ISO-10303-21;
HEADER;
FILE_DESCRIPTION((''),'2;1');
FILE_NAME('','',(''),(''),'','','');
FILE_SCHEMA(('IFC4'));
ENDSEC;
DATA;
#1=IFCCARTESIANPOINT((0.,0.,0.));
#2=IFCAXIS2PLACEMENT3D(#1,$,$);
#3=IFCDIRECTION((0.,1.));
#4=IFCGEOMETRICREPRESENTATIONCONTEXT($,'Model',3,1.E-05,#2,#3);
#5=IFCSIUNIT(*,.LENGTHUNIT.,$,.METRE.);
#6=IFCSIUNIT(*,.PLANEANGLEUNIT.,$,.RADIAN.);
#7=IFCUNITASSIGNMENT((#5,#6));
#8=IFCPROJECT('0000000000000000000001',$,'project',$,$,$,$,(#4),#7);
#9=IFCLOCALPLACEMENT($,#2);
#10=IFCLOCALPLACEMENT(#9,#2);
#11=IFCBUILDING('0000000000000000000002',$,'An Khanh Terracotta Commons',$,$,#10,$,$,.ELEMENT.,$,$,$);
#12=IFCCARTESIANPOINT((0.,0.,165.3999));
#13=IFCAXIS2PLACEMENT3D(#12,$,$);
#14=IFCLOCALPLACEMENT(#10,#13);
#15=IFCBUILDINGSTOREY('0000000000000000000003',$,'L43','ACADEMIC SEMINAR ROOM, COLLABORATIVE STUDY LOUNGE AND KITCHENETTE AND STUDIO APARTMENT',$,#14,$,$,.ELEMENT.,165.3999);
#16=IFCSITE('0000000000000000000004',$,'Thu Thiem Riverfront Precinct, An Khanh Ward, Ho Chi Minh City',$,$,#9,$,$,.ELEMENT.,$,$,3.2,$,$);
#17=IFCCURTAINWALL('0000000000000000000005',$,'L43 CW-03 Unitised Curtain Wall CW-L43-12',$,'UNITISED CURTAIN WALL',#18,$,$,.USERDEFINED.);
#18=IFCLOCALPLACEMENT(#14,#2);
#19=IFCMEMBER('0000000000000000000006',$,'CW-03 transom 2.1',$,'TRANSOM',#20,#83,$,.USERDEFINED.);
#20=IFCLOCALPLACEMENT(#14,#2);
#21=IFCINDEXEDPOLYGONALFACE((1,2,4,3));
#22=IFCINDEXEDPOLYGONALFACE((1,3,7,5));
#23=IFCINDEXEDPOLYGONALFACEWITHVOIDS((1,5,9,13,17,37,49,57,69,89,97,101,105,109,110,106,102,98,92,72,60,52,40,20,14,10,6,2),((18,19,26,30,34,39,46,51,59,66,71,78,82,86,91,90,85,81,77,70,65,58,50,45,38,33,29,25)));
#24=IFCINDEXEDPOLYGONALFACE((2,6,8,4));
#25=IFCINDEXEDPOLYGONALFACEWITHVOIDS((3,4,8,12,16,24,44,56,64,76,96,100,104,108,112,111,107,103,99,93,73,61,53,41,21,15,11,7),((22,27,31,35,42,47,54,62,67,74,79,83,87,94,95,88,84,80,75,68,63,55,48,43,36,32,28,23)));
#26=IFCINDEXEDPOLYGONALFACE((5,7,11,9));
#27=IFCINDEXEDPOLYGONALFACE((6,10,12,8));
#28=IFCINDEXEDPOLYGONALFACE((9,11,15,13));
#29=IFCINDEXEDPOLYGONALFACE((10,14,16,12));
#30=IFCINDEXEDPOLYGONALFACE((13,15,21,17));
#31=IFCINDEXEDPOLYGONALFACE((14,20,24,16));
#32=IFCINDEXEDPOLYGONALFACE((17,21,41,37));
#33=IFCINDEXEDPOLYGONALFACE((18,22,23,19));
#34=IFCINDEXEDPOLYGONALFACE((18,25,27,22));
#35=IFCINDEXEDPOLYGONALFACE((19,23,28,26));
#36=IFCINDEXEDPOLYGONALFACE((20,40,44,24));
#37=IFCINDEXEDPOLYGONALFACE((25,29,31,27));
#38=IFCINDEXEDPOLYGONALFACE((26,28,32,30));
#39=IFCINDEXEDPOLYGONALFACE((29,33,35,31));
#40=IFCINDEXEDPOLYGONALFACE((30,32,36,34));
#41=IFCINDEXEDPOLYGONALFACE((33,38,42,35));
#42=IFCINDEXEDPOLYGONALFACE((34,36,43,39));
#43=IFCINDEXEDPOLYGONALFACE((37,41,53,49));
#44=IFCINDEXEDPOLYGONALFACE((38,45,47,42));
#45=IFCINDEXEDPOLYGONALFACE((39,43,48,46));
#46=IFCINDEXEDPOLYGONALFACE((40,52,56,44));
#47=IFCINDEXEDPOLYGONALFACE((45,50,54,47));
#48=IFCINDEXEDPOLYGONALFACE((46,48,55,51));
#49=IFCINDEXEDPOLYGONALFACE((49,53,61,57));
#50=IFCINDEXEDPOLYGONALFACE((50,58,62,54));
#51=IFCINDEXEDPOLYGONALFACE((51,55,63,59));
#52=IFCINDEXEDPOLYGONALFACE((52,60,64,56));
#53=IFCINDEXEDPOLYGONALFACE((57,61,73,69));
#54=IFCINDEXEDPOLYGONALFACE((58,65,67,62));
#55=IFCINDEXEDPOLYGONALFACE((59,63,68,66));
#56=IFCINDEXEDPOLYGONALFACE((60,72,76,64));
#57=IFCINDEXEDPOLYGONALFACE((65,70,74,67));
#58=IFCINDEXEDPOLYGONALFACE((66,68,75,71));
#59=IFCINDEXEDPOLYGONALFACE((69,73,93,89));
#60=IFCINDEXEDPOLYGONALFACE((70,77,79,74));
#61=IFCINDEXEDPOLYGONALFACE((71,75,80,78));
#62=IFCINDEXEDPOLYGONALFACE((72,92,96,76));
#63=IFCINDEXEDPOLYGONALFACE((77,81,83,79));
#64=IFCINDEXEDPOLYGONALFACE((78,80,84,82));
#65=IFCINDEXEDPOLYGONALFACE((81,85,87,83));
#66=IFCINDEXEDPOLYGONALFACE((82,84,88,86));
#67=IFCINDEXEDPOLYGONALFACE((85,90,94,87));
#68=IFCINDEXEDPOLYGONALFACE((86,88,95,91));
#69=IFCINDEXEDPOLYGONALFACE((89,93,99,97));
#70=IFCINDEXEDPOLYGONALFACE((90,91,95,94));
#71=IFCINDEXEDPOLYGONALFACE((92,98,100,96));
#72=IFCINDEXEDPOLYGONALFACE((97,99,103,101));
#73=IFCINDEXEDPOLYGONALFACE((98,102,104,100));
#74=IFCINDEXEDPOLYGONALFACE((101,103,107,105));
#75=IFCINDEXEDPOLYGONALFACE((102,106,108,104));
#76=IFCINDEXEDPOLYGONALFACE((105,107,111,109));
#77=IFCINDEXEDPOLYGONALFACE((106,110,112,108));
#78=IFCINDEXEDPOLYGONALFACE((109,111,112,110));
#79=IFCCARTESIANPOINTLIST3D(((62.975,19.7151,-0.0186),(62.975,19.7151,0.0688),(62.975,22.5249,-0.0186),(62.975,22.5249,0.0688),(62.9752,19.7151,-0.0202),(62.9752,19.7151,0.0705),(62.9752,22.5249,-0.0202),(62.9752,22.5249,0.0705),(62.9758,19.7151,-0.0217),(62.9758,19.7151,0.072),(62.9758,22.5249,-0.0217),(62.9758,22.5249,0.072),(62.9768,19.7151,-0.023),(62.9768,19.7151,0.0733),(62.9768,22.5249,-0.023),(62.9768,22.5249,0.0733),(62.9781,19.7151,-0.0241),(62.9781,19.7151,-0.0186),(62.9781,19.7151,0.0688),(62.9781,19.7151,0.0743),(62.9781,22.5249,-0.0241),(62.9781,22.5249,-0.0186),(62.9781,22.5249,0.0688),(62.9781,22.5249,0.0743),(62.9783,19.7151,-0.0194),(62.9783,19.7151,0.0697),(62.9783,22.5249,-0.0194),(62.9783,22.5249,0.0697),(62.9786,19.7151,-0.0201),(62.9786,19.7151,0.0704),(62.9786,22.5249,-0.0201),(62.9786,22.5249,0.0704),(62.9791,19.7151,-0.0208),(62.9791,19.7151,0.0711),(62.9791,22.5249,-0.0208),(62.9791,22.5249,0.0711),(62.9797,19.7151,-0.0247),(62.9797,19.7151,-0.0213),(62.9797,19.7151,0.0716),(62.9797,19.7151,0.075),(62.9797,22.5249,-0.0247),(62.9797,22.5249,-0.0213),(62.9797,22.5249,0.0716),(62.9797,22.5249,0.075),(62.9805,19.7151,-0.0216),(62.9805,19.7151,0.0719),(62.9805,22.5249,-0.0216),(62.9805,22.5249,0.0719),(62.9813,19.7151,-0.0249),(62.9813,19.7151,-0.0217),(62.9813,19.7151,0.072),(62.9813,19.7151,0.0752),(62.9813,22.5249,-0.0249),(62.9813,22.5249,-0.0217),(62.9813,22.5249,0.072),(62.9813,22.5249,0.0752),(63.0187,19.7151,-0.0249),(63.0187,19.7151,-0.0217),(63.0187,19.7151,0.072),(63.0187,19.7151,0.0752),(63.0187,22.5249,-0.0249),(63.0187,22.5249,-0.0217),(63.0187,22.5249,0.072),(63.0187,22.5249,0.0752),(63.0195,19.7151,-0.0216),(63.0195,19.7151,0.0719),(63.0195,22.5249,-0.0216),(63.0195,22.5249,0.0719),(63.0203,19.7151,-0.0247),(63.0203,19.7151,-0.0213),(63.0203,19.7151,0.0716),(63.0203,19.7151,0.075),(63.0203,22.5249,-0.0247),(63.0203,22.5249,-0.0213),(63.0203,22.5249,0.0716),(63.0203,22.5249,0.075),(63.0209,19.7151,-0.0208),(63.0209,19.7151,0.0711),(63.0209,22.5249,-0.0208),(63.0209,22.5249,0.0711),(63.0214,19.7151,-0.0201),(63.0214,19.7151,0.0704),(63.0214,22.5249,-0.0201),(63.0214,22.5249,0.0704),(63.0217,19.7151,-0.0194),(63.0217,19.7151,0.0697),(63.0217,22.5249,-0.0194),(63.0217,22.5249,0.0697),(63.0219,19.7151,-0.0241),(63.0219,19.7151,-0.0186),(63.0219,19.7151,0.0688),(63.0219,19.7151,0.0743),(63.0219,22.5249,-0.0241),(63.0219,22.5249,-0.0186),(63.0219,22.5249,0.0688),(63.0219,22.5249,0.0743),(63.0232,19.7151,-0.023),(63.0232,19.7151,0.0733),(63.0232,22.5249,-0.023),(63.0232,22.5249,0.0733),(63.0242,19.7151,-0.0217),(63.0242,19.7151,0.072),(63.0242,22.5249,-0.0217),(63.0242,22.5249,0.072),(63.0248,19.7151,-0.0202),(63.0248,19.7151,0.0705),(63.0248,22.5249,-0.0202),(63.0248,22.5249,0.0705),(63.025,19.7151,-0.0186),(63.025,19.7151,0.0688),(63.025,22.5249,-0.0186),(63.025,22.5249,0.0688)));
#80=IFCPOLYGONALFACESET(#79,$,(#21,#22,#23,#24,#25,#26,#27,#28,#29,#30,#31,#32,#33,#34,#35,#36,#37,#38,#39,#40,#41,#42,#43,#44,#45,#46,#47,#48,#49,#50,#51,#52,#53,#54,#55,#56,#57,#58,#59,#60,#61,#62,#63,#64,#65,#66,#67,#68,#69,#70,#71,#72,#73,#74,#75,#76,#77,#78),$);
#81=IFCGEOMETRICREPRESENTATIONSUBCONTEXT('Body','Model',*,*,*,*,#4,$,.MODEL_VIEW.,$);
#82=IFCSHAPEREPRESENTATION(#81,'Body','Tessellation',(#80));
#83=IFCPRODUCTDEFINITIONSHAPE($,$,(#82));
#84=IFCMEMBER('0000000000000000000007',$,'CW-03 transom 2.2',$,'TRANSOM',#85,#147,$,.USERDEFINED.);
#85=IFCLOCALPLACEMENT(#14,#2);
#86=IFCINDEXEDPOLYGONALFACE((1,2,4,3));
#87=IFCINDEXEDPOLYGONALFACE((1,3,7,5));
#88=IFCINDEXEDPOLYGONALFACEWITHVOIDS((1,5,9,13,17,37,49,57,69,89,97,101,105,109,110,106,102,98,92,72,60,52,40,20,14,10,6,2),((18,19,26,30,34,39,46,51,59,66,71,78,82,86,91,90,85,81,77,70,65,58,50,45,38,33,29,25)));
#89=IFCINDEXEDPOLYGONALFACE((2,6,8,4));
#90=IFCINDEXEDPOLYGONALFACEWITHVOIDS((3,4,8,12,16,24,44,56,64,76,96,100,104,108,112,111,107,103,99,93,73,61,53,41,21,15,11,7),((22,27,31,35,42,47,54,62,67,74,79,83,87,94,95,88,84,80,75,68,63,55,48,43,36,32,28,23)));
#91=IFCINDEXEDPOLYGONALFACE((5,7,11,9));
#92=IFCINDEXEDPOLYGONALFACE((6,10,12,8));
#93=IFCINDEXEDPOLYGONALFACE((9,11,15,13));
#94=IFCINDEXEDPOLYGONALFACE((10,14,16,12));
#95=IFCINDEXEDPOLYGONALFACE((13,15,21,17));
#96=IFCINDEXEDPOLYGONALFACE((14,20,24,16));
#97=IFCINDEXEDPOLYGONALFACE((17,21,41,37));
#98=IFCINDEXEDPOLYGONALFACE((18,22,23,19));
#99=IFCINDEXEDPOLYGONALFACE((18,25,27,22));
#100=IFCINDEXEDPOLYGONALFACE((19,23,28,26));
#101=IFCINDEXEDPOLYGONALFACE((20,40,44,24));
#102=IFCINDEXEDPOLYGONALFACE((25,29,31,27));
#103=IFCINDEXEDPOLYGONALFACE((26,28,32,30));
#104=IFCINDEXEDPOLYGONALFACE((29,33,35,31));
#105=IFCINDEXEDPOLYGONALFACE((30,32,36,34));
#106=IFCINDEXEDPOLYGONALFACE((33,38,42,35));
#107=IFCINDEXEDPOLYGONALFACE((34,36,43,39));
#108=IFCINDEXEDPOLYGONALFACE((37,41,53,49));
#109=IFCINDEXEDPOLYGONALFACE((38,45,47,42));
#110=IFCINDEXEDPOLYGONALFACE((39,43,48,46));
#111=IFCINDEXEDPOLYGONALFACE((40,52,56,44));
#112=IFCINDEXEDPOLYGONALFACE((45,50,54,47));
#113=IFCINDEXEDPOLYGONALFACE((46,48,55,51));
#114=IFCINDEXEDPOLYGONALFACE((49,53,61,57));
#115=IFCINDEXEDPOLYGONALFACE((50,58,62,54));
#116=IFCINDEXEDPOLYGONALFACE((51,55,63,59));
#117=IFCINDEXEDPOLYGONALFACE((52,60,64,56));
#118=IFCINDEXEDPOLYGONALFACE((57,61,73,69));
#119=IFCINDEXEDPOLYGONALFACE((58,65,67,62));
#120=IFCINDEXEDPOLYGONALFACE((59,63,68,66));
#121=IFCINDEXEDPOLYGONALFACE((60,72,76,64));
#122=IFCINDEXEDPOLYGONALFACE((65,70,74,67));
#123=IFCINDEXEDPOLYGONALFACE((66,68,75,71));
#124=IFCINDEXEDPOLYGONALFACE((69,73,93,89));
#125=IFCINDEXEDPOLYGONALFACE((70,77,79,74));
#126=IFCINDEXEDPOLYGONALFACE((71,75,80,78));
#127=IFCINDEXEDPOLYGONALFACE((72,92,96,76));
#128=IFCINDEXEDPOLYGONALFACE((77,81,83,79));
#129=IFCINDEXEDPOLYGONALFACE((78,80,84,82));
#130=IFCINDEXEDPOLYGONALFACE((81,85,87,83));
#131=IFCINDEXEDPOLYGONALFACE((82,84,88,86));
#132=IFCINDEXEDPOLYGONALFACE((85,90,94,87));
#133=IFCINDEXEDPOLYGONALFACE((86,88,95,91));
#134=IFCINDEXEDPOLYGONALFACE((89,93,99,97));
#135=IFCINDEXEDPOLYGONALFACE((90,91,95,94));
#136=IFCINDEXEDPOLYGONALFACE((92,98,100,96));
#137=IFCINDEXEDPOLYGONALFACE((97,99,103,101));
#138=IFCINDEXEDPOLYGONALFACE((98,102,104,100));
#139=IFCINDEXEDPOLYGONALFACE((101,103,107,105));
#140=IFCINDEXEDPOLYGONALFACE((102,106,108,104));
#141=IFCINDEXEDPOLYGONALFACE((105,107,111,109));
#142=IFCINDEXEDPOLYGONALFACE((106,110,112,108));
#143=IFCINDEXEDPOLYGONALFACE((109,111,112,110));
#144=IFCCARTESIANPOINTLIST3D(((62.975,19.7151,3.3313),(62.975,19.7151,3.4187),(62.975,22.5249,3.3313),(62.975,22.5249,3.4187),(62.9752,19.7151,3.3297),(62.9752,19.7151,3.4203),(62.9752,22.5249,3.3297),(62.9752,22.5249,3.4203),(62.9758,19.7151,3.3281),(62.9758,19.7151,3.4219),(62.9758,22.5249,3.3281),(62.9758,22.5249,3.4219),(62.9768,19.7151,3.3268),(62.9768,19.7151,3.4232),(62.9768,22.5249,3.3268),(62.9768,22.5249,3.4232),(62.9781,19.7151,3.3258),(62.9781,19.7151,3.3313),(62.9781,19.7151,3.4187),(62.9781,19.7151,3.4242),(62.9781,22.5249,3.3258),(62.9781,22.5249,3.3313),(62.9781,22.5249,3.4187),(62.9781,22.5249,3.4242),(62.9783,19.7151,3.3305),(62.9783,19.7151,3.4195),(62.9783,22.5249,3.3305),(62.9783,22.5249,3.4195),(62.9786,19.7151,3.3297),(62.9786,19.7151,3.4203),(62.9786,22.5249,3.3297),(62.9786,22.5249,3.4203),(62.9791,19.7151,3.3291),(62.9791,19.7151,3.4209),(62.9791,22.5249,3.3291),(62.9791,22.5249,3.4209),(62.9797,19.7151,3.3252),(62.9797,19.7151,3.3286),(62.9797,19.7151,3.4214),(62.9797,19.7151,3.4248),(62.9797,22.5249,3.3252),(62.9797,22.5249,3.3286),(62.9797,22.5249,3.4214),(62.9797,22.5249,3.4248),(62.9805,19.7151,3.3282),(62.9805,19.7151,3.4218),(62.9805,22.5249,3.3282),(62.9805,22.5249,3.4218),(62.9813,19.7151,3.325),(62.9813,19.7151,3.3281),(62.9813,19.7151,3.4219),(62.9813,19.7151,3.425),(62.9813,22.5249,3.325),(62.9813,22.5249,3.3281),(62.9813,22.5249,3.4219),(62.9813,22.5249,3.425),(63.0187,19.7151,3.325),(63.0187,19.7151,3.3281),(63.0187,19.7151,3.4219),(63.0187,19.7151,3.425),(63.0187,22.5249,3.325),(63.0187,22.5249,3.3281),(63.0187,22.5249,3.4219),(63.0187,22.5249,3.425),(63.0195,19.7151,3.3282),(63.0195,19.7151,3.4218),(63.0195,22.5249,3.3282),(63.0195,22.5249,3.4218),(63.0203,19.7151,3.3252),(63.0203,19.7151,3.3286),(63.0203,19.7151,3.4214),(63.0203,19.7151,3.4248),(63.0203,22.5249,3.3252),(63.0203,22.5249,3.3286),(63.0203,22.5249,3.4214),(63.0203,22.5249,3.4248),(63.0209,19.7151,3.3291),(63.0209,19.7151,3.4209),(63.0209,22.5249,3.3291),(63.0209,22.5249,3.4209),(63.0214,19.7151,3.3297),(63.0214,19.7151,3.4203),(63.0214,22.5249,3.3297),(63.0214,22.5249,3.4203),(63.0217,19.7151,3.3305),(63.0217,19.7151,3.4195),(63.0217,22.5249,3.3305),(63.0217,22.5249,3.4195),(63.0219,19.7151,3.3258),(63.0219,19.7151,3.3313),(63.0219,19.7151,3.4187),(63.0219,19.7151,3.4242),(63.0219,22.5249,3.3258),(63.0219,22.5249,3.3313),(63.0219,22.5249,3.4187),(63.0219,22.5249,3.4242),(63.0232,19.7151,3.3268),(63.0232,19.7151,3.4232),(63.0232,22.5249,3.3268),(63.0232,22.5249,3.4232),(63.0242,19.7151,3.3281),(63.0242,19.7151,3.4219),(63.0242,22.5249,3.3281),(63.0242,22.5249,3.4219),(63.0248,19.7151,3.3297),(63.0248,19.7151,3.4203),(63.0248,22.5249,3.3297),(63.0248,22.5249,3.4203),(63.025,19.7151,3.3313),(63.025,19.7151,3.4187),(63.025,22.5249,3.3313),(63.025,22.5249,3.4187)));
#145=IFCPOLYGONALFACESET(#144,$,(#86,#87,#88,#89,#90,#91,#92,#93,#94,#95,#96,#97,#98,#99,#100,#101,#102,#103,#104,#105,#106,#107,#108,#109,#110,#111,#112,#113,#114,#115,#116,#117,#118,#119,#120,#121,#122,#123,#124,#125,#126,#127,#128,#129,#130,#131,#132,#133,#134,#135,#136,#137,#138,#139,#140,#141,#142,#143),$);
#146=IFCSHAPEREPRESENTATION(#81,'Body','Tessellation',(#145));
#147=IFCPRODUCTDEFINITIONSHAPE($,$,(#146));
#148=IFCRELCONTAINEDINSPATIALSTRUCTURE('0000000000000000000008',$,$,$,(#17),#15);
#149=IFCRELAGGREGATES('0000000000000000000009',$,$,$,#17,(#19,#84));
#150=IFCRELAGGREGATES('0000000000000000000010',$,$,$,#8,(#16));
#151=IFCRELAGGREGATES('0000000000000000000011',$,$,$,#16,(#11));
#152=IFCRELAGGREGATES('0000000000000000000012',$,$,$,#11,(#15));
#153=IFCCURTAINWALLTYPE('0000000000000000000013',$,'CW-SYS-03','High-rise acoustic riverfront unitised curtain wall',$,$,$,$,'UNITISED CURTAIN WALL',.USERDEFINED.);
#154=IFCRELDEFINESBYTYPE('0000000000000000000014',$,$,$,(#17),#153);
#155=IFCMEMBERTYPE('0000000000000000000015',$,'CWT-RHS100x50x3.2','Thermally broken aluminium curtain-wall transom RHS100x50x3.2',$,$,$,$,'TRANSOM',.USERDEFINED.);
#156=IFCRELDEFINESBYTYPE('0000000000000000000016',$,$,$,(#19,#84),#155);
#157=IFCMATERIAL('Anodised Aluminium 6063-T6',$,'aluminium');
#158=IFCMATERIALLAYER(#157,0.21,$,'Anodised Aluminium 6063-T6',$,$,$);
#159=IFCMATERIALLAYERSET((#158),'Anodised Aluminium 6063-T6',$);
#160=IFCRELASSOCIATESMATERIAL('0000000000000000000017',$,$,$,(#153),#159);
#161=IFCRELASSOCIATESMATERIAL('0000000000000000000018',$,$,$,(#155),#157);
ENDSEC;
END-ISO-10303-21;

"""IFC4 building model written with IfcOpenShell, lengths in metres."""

from ifc_helpers import new_model, si_unit, direction, frame, origin, origin_2d, place, context, subcontext, project, spatial, hollow_rectangle, extrude, material, layer, layer_set, material_profile, profile_set, type_object, element, aggregate, save


model = new_model("IFC4")

# Units and contexts
model_context = context("Model", 3, precision=1e-05, world=origin(), true_north=direction((0.0, 1.0)))
body_context = subcontext(model_context, "Body", "Model", "MODEL_VIEW")
ifc_project = project(units=[si_unit("LENGTHUNIT", "METRE"), si_unit("PLANEANGLEUNIT", "RADIAN")], contexts=[model_context])

# Site, building, storey
site_placement = place(None, origin())
site = spatial("IfcSite", under=ifc_project, at=site_placement, Name="Thu Thiem Riverfront Precinct, An Khanh Ward, Ho Chi Minh City", CompositionType="ELEMENT", RefElevation=3.2)
building_placement = place(site_placement, origin())
building = spatial("IfcBuilding", under=site, at=building_placement, Name="An Khanh Terracotta Commons", CompositionType="ELEMENT")
storey_placement = place(building_placement, frame((0.0, 0.0, 165.3999)))
storey = spatial("IfcBuildingStorey", under=building, at=storey_placement, Name="L43", Description="ACADEMIC SEMINAR ROOM, COLLABORATIVE STUDY LOUNGE AND KITCHENETTE AND STUDIO APARTMENT", CompositionType="ELEMENT", Elevation=165.3999)

# Curtain wall
ifc_material_1 = material(Name="Anodised Aluminium 6063-T6", Category="aluminium")
ifc_layer_1 = layer(ifc_material_1, 0.21, Name="Anodised Aluminium 6063-T6")
ifc_layer_set_1 = layer_set([ifc_layer_1], Name="Anodised Aluminium 6063-T6")
curtain_wall_type = type_object("IfcCurtainWallType", Name="CW-SYS-03", Description="High-rise acoustic riverfront unitised curtain wall", ElementType="UNITISED CURTAIN WALL", PredefinedType="USERDEFINED", material=ifc_layer_set_1)
curtain_wall_1_placement = place(storey_placement, origin())
curtain_wall_1 = element("IfcCurtainWall", 1, at=curtain_wall_1_placement, inside=storey, type_object=curtain_wall_type, Name="L43 CW-03 Unitised Curtain Wall CW-L43-12", ObjectType="UNITISED CURTAIN WALL", PredefinedType="USERDEFINED")

# Members
ifc_material_profile_1 = material_profile(ifc_material_1, hollow_rectangle(XDim=0.05, YDim=0.1001, WallThickness=0.0032, InnerFilletRadius=0.0032, OuterFilletRadius=0.0063, at=origin_2d()), Name="RHS100x50x3.2")
ifc_profile_set_1 = profile_set([ifc_material_profile_1], Name="Anodised Aluminium 6063-T6")
member_type_1 = type_object("IfcMemberType", Name="CWT-RHS100x50x3.2", Description="Thermally broken aluminium curtain-wall transom RHS100x50x3.2", ElementType="TRANSOM", PredefinedType="USERDEFINED", material=ifc_profile_set_1)
member_1_placement = place(storey_placement, frame((63.0, 19.7151, 0.0251), z_axis=(0.0, 1.0, 0.0), x_axis=(-1.0, 0.0, 0.0)))
member_1 = element("IfcMember", 2, at=member_1_placement, type_object=member_type_1, Name="CW-03 transom 2.1", ObjectType="TRANSOM", PredefinedType="USERDEFINED", context=body_context, shape_type="SweptSolid", body=[
    extrude(hollow_rectangle(XDim=0.05, YDim=0.1001, WallThickness=0.0032, InnerFilletRadius=0.0032, OuterFilletRadius=0.0063, at=origin_2d()), origin(), (0.0, 0.0, 1.0), 2.8098),
])
member_2_placement = place(storey_placement, frame((63.0, 19.7151, 3.375), z_axis=(0.0, 1.0, 0.0), x_axis=(-1.0, 0.0, 0.0)))
member_2 = element("IfcMember", 3, at=member_2_placement, type_object=member_type_1, Name="CW-03 transom 2.2", ObjectType="TRANSOM", PredefinedType="USERDEFINED", context=body_context, shape_type="SweptSolid", body=[
    extrude(hollow_rectangle(XDim=0.05, YDim=0.1001, WallThickness=0.0032, InnerFilletRadius=0.0032, OuterFilletRadius=0.0063, at=origin_2d()), origin(), (0.0, 0.0, 1.0), 2.8098),
])

aggregate(curtain_wall_1, [member_1, member_2])

save(model, "model.ifc")
